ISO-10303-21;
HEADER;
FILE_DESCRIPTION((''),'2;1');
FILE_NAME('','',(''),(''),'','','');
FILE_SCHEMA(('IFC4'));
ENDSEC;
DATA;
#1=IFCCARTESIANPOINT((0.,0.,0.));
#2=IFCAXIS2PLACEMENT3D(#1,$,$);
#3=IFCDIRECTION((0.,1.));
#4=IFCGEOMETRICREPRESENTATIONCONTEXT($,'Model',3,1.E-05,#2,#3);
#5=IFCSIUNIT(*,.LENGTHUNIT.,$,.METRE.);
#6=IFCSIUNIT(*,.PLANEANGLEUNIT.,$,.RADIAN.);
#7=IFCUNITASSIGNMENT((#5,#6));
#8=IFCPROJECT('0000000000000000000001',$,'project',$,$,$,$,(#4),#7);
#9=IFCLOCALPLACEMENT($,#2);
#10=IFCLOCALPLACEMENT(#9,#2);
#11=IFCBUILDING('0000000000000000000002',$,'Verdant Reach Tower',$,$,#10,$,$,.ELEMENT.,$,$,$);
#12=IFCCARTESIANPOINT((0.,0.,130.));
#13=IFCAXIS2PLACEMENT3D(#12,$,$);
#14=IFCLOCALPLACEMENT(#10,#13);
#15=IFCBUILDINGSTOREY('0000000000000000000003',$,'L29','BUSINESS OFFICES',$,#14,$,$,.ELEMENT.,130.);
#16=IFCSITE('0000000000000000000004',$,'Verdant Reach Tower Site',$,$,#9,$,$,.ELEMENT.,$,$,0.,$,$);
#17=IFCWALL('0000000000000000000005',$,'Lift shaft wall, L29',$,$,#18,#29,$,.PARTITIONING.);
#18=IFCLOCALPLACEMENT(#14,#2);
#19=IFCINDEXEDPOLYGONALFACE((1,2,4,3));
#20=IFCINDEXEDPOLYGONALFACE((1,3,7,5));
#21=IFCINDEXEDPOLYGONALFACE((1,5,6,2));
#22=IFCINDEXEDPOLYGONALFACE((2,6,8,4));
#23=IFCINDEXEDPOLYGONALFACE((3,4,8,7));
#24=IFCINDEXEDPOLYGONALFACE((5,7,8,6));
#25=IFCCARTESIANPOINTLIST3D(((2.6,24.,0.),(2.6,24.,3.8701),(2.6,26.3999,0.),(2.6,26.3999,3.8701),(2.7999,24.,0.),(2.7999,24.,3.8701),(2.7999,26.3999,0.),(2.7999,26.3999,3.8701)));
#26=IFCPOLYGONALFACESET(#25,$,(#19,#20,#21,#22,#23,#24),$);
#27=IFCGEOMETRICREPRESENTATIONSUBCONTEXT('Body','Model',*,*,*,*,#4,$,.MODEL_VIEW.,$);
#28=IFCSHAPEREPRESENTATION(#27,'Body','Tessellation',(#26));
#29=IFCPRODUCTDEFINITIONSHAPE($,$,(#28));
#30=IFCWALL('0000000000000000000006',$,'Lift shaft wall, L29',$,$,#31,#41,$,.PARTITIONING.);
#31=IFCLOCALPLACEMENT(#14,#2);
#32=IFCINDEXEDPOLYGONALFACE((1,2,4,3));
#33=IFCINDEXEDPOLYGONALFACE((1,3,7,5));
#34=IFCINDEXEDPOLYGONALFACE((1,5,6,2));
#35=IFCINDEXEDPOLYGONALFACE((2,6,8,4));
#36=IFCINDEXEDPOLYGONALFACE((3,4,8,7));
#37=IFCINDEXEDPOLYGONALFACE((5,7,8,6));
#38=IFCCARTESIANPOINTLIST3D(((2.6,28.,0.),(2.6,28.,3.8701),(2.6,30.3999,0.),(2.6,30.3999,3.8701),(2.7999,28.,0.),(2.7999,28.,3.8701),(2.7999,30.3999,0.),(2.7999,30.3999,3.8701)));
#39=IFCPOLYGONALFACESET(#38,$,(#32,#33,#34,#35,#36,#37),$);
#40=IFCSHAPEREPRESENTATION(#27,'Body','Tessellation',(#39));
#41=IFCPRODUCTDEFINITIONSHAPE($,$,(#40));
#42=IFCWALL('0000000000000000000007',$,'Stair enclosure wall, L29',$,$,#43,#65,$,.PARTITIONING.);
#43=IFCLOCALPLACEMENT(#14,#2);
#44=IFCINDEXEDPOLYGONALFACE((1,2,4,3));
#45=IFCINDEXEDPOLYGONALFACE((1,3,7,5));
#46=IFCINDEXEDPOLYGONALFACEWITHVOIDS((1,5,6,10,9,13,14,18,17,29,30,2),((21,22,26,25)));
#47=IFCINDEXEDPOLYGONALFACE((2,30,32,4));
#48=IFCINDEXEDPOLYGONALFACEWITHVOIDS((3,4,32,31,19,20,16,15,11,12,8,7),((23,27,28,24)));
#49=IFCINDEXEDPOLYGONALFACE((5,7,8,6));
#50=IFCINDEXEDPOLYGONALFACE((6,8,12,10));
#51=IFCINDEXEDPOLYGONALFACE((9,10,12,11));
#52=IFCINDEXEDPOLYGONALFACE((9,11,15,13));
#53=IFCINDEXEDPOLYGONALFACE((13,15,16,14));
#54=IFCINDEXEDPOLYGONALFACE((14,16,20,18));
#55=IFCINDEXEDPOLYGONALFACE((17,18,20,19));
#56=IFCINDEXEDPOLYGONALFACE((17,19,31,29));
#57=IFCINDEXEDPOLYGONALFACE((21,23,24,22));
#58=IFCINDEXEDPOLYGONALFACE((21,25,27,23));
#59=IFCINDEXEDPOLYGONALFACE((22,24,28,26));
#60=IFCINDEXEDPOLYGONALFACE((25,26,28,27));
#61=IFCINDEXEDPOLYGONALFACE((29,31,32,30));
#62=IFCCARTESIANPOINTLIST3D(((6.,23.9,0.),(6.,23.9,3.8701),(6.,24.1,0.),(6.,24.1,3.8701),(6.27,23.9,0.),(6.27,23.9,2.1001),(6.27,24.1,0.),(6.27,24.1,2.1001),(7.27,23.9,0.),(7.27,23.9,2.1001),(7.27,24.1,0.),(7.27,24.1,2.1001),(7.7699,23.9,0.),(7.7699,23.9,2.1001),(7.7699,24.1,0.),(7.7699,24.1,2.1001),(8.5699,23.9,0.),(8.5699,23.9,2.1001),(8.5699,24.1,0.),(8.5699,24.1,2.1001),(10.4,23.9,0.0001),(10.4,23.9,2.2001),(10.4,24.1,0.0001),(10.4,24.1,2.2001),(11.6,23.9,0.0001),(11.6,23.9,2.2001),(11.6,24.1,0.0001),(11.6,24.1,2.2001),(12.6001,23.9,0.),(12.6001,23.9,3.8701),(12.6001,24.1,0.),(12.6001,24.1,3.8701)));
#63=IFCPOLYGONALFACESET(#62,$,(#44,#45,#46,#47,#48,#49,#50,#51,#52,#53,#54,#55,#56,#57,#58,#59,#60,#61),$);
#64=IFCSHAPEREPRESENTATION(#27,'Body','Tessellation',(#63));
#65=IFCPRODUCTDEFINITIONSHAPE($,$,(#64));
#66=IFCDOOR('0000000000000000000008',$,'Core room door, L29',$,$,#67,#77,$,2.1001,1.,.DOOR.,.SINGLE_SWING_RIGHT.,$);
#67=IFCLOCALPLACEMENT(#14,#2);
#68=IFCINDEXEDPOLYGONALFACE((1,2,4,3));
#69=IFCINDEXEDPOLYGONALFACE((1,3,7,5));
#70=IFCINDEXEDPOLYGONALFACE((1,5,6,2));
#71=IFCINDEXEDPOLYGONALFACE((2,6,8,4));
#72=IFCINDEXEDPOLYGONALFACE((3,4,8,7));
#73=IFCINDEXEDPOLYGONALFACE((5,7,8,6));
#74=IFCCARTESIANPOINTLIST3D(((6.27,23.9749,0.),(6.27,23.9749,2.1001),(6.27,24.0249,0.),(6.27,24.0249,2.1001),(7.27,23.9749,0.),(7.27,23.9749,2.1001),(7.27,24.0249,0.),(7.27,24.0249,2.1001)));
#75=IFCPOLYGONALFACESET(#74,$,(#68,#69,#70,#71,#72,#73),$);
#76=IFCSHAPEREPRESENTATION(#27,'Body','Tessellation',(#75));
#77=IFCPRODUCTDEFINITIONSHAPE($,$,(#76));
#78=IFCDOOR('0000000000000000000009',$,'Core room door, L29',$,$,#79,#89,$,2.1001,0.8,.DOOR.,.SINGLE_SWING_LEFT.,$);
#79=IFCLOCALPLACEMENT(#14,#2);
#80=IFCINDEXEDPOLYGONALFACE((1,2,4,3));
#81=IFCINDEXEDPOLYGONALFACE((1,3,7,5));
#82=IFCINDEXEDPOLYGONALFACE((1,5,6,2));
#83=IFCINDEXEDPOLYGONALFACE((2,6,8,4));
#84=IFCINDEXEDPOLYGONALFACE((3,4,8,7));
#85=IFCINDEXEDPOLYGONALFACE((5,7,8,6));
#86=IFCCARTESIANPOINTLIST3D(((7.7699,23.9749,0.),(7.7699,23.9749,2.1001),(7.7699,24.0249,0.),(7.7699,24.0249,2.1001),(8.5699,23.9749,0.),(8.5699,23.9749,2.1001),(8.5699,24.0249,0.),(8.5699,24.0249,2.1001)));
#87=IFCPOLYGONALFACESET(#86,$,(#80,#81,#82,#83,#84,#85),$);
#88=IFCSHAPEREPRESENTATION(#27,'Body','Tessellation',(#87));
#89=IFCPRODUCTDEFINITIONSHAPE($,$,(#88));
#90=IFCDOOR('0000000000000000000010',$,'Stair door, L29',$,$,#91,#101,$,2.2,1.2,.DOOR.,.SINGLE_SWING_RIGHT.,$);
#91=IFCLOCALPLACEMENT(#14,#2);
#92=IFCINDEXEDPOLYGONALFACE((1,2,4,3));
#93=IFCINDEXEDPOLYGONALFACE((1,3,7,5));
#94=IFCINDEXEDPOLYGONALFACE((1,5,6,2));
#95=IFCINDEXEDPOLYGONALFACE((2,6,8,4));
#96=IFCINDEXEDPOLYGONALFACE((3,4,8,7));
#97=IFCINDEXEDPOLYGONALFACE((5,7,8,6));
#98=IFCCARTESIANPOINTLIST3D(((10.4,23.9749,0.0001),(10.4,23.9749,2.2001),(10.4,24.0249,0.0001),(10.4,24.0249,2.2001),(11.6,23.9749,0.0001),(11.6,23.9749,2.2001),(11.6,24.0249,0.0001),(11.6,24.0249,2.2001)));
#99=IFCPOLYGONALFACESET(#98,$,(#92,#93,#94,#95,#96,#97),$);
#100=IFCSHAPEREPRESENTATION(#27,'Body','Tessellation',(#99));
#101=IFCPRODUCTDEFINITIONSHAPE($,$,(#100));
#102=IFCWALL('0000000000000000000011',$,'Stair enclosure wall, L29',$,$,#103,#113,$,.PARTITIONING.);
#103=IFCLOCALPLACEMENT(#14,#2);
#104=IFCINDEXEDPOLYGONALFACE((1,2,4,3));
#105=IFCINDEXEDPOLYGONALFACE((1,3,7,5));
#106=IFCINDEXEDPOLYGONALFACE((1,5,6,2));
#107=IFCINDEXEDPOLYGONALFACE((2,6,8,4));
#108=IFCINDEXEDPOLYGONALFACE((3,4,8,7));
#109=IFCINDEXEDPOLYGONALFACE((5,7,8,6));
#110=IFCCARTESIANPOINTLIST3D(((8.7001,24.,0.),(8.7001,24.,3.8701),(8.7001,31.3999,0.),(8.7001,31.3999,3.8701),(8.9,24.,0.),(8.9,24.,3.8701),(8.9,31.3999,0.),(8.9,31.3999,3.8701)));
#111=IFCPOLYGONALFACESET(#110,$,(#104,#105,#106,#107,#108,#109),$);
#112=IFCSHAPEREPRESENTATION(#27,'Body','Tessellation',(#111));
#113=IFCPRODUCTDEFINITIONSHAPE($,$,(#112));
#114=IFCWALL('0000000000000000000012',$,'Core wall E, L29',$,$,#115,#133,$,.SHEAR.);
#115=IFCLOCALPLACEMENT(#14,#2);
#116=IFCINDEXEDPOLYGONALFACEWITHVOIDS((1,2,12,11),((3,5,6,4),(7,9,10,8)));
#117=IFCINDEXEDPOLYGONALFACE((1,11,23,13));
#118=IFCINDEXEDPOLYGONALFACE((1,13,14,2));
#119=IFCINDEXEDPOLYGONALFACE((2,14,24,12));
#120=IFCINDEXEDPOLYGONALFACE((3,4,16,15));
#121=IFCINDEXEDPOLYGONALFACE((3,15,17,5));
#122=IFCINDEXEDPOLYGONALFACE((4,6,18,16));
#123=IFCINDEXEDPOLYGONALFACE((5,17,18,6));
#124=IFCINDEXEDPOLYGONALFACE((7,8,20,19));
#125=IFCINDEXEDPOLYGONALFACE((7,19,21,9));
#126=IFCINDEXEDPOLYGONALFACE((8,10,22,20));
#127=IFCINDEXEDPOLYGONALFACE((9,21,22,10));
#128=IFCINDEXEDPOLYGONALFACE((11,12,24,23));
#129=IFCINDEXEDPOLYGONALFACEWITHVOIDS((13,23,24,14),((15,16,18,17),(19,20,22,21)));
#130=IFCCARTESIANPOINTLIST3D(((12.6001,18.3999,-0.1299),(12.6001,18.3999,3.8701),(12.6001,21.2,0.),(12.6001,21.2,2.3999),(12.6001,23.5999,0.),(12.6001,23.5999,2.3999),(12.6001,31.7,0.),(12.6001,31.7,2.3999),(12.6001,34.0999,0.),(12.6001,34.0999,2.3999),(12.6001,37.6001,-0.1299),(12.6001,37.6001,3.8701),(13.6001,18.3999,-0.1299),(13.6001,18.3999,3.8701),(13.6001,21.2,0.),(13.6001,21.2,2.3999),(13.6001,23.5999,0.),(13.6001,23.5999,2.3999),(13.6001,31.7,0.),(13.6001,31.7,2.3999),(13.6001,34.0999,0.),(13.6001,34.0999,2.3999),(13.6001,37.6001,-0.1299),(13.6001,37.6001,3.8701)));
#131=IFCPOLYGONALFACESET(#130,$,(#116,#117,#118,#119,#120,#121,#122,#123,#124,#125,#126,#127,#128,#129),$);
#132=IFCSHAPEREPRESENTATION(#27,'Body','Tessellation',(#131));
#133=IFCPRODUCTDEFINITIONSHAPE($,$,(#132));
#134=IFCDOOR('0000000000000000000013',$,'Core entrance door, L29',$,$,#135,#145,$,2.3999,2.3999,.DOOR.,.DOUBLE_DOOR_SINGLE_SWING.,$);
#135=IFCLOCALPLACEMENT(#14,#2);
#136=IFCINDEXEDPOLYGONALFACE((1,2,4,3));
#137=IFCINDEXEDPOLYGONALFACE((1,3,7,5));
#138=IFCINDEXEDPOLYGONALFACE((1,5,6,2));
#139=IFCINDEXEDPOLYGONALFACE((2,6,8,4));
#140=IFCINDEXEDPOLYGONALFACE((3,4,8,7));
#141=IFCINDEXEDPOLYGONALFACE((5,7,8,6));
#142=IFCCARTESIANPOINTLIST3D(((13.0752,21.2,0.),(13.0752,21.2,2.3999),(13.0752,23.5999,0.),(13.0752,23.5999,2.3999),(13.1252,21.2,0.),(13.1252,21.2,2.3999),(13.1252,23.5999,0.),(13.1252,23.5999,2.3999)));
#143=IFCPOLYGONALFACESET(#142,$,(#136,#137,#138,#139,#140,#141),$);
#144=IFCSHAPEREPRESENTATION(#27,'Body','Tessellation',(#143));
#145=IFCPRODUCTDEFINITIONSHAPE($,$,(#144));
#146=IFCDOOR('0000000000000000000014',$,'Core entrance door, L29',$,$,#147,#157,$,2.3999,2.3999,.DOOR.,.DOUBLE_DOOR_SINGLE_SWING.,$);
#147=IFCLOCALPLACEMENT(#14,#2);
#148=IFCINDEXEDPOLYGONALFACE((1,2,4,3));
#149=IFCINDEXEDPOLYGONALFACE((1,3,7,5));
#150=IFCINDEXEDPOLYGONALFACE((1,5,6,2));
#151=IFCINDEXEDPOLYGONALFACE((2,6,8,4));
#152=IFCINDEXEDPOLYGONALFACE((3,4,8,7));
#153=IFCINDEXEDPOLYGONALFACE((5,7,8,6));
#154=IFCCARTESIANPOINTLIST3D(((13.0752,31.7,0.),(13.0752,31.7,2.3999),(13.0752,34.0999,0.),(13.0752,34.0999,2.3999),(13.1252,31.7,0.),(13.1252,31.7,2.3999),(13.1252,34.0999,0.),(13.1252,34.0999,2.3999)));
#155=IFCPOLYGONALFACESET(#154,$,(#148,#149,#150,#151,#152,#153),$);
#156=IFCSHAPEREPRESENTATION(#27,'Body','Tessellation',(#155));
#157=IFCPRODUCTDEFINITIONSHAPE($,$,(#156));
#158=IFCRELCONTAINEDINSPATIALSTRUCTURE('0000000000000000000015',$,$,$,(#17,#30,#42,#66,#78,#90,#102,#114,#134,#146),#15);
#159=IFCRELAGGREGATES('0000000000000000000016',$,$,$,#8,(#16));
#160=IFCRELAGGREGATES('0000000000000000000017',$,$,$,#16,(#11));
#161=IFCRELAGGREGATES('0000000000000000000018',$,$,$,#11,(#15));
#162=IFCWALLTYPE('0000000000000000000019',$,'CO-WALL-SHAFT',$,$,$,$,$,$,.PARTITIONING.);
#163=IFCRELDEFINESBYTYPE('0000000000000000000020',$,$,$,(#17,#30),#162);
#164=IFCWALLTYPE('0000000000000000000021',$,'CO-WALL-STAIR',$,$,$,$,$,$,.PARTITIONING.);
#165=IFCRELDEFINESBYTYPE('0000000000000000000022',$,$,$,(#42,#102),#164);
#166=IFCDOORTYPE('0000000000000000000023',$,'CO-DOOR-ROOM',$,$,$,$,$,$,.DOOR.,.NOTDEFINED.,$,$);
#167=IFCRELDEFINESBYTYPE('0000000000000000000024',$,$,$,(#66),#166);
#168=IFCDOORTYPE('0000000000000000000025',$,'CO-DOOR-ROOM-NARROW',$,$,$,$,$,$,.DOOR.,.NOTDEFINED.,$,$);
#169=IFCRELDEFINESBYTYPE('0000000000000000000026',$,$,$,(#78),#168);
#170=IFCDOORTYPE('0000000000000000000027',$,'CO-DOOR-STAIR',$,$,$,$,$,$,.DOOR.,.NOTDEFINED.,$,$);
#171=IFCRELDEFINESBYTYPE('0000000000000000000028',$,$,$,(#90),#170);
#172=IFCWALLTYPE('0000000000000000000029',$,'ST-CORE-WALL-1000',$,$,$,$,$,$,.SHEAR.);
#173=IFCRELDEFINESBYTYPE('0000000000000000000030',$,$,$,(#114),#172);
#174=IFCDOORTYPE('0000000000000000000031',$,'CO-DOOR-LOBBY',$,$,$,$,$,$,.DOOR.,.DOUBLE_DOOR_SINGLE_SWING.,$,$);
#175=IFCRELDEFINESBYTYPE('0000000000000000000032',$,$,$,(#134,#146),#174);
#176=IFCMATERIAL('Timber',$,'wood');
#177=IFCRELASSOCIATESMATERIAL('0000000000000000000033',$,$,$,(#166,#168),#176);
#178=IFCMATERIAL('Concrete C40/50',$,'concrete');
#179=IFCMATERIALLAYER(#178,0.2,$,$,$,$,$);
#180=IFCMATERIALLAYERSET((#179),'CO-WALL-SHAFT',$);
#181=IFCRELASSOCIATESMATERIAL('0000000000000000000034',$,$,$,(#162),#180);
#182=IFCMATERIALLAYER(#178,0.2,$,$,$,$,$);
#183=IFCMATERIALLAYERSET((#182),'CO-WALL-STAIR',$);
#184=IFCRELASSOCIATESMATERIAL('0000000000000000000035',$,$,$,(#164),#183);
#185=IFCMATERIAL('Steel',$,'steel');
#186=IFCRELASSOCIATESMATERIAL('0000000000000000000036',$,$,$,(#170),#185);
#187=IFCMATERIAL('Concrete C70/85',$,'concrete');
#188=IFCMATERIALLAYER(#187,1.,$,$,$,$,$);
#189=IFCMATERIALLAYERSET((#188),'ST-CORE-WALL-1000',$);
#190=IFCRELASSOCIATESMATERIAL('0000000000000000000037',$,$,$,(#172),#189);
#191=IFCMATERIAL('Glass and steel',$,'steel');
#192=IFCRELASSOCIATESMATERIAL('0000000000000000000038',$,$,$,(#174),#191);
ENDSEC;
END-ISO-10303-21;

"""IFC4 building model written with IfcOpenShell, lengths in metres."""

from ifc_helpers import new_model, si_unit, direction, frame, frame_2d, origin, place, context, subcontext, project, spatial, rectangle, extrude, material, layer, layer_set, type_object, element, fill, save


model = new_model("IFC4")

# Units and contexts
model_context = context("Model", 3, precision=1e-05, world=origin(), true_north=direction((0.0, 1.0)))
body_context = subcontext(model_context, "Body", "Model", "MODEL_VIEW")
ifc_project = project(units=[si_unit("LENGTHUNIT", "METRE"), si_unit("PLANEANGLEUNIT", "RADIAN")], contexts=[model_context])

# Site, building, storey
site_placement = place(None, origin())
site = spatial("IfcSite", under=ifc_project, at=site_placement, Name="Verdant Reach Tower Site", CompositionType="ELEMENT", RefElevation=0.0)
building_placement = place(site_placement, origin())
building = spatial("IfcBuilding", under=site, at=building_placement, Name="Verdant Reach Tower", CompositionType="ELEMENT")
storey_placement = place(building_placement, frame((0.0, 0.0, 130.0)))
storey = spatial("IfcBuildingStorey", under=building, at=storey_placement, Name="L29", Description="BUSINESS OFFICES", CompositionType="ELEMENT", Elevation=130.0)

# Shared definitions
ifc_material_1 = material(Name="Timber", Category="wood")
door_type_1 = type_object("IfcDoorType", Name="CO-DOOR-ROOM", OperationType="NOTDEFINED", PredefinedType="DOOR", material=ifc_material_1)

# Walls
ifc_material_2 = material(Name="Concrete C40/50", Category="concrete")
ifc_layer_1 = layer(ifc_material_2, 0.2)
ifc_layer_set_1 = layer_set([ifc_layer_1], Name="CO-WALL-SHAFT")
wall_type_1 = type_object("IfcWallType", Name="CO-WALL-SHAFT", PredefinedType="PARTITIONING", material=ifc_layer_set_1)
for number, where, z_axis, x_axis, name in (
    (1, (2.7, 24.0, 0.0), (0.0, 0.0, 1.0), (0.0, 1.0, 0.0), "Lift shaft wall, L29"),
    (2, (2.7, 28.0, 0.0), (0.0, 0.0, 1.0), (0.0, 1.0, 0.0), "Lift shaft wall, L29"),
):
    element("IfcWall", number, at=place(storey_placement, frame(where, z_axis=z_axis, x_axis=x_axis)), inside=storey, type_object=wall_type_1, Name=name, PredefinedType="PARTITIONING", context=body_context, shape_type="SweptSolid", body=[
        extrude(rectangle(XDim=2.3999, YDim=0.2, at=frame_2d((1.2, 0.0))), origin(), (0.0, 0.0, 1.0), 3.8701),
    ])

# Wall, openings, doors
ifc_layer_2 = layer(ifc_material_2, 0.2)
ifc_layer_set_2 = layer_set([ifc_layer_2], Name="CO-WALL-STAIR")
wall_type_2 = type_object("IfcWallType", Name="CO-WALL-STAIR", PredefinedType="PARTITIONING", material=ifc_layer_set_2)
wall_1_placement = place(storey_placement, frame((6.0, 24.0, 0.0), z_axis=(0.0, 0.0, 1.0), x_axis=(1.0, 0.0, 0.0)))
wall_1 = element("IfcWall", 3, at=wall_1_placement, inside=storey, type_object=wall_type_2, Name="Stair enclosure wall, L29", PredefinedType="PARTITIONING", context=body_context, shape_type="SweptSolid", body=[
    extrude(rectangle(XDim=6.6001, YDim=0.2, at=frame_2d((3.3, 0.0))), origin(), (0.0, 0.0, 1.0), 3.8701),
])
opening_1_placement = place(wall_1_placement, frame((0.27, 0.0, 0.0)))
opening_1 = element("IfcOpeningElement", 4, at=opening_1_placement, cuts=wall_1, PredefinedType="OPENING", context=body_context, shape_type="SweptSolid", body=[
    extrude(rectangle(XDim=1.0, YDim=2.1001, at=frame_2d((0.5, 1.05))), frame((0.0, 0.1099, 0.0), z_axis=(0.0, -1.0, 0.0), x_axis=(1.0, 0.0, 0.0)), (0.0, 0.0, 1.0), 0.22),
])
opening_2_placement = place(wall_1_placement, frame((1.77, 0.0, 0.0)))
opening_2 = element("IfcOpeningElement", 5, at=opening_2_placement, cuts=wall_1, PredefinedType="OPENING", context=body_context, shape_type="SweptSolid", body=[
    extrude(rectangle(XDim=0.8, YDim=2.1001, at=frame_2d((0.3999, 1.05))), frame((0.0, 0.1099, 0.0), z_axis=(0.0, -1.0, 0.0), x_axis=(1.0, 0.0, 0.0)), (0.0, 0.0, 1.0), 0.22),
])
opening_3_placement = place(wall_1_placement, frame((4.3999, 0.0, 0.0)))
opening_3 = element("IfcOpeningElement", 6, at=opening_3_placement, cuts=wall_1, PredefinedType="OPENING", context=body_context, shape_type="SweptSolid", body=[
    extrude(rectangle(XDim=1.2, YDim=2.2, at=frame_2d((0.6001, 1.1001))), frame((0.0, 0.1099, 0.0), z_axis=(0.0, -1.0, 0.0), x_axis=(1.0, 0.0, 0.0)), (0.0, 0.0, 1.0), 0.22),
])
door_1_placement = place(opening_1_placement, origin())
door_1 = element("IfcDoor", 7, at=door_1_placement, inside=storey, type_object=door_type_1, Name="Core room door, L29", OperationType="SINGLE_SWING_RIGHT", OverallHeight=2.1001, OverallWidth=1.0, PredefinedType="DOOR", context=body_context, shape_type="SweptSolid", body=[
    extrude(rectangle(XDim=1.0, YDim=2.1001, at=frame_2d((0.5, 1.05))), frame((0.0, 0.0249, 0.0), z_axis=(0.0, -1.0, 0.0), x_axis=(1.0, 0.0, 0.0)), (0.0, 0.0, 1.0), 0.05),
])
fill(opening_1, door_1)
door_type_2 = type_object("IfcDoorType", Name="CO-DOOR-ROOM-NARROW", OperationType="NOTDEFINED", PredefinedType="DOOR", material=ifc_material_1)
door_2_placement = place(opening_2_placement, origin())
door_2 = element("IfcDoor", 8, at=door_2_placement, inside=storey, type_object=door_type_2, Name="Core room door, L29", OperationType="SINGLE_SWING_LEFT", OverallHeight=2.1001, OverallWidth=0.8, PredefinedType="DOOR", context=body_context, shape_type="SweptSolid", body=[
    extrude(rectangle(XDim=0.8, YDim=2.1001, at=frame_2d((0.3999, 1.05))), frame((0.0, 0.0249, 0.0), z_axis=(0.0, -1.0, 0.0), x_axis=(1.0, 0.0, 0.0)), (0.0, 0.0, 1.0), 0.05),
])
fill(opening_2, door_2)
ifc_material_3 = material(Name="Steel", Category="steel")
door_type_3 = type_object("IfcDoorType", Name="CO-DOOR-STAIR", OperationType="NOTDEFINED", PredefinedType="DOOR", material=ifc_material_3)
door_3_placement = place(opening_3_placement, origin())
door_3 = element("IfcDoor", 9, at=door_3_placement, inside=storey, type_object=door_type_3, Name="Stair door, L29", OperationType="SINGLE_SWING_RIGHT", OverallHeight=2.2, OverallWidth=1.2, PredefinedType="DOOR", context=body_context, shape_type="SweptSolid", body=[
    extrude(rectangle(XDim=1.2, YDim=2.2, at=frame_2d((0.6001, 1.1001))), frame((0.0, 0.0249, 0.0), z_axis=(0.0, -1.0, 0.0), x_axis=(1.0, 0.0, 0.0)), (0.0, 0.0, 1.0), 0.05),
])
fill(opening_3, door_3)

# Wall
wall_2_placement = place(storey_placement, frame((8.8, 24.0, 0.0), z_axis=(0.0, 0.0, 1.0), x_axis=(0.0, 1.0, 0.0)))
element("IfcWall", 10, at=wall_2_placement, inside=storey, type_object=wall_type_2, Name="Stair enclosure wall, L29", PredefinedType="PARTITIONING", context=body_context, shape_type="SweptSolid", body=[
    extrude(rectangle(XDim=7.3999, YDim=0.2, at=frame_2d((3.7, 0.0))), origin(), (0.0, 0.0, 1.0), 3.8701),
])

# Wall, openings, doors
ifc_material_4 = material(Name="Concrete C70/85", Category="concrete")
ifc_layer_3 = layer(ifc_material_4, 1.0)
ifc_layer_set_3 = layer_set([ifc_layer_3], Name="ST-CORE-WALL-1000")
wall_type_3 = type_object("IfcWallType", Name="ST-CORE-WALL-1000", PredefinedType="SHEAR", material=ifc_layer_set_3)
wall_3_placement = place(storey_placement, frame((13.1001, 18.3999, -0.1299), z_axis=(0.0, 0.0, 1.0), x_axis=(0.0, 1.0, 0.0)))
wall_3 = element("IfcWall", 11, at=wall_3_placement, inside=storey, type_object=wall_type_3, Name="Core wall E, L29", PredefinedType="SHEAR", context=body_context, shape_type="SweptSolid", body=[
    extrude(rectangle(XDim=19.2002, YDim=1.0, at=frame_2d((9.6001, 0.0))), origin(), (0.0, 0.0, 1.0), 4.0),
])
opening_4_placement = place(wall_3_placement, frame((2.8, 0.0, 0.1299)))
opening_4 = element("IfcOpeningElement", 12, at=opening_4_placement, cuts=wall_3, PredefinedType="OPENING", context=body_context, shape_type="SweptSolid", body=[
    extrude(rectangle(XDim=2.3999, YDim=2.3999, at=frame_2d((1.2, 1.2))), frame((0.0, 0.51, 0.0), z_axis=(0.0, -1.0, 0.0), x_axis=(1.0, 0.0, 0.0)), (0.0, 0.0, 1.0), 1.02),
])
opening_5_placement = place(wall_3_placement, frame((13.3, 0.0, 0.1299)))
opening_5 = element("IfcOpeningElement", 13, at=opening_5_placement, cuts=wall_3, PredefinedType="OPENING", context=body_context, shape_type="SweptSolid", body=[
    extrude(rectangle(XDim=2.3999, YDim=2.3999, at=frame_2d((1.2, 1.2))), frame((0.0, 0.51, 0.0), z_axis=(0.0, -1.0, 0.0), x_axis=(1.0, 0.0, 0.0)), (0.0, 0.0, 1.0), 1.02),
])
ifc_material_5 = material(Name="Glass and steel", Category="steel")
door_type_4 = type_object("IfcDoorType", Name="CO-DOOR-LOBBY", OperationType="DOUBLE_DOOR_SINGLE_SWING", PredefinedType="DOOR", material=ifc_material_5)
door_4_placement = place(opening_4_placement, origin())
door_4 = element("IfcDoor", 14, at=door_4_placement, inside=storey, type_object=door_type_4, Name="Core entrance door, L29", OperationType="DOUBLE_DOOR_SINGLE_SWING", OverallHeight=2.3999, OverallWidth=2.3999, PredefinedType="DOOR", context=body_context, shape_type="SweptSolid", body=[
    extrude(rectangle(XDim=2.3999, YDim=2.3999, at=frame_2d((1.2, 1.2))), frame((0.0, 0.0249, 0.0), z_axis=(0.0, -1.0, 0.0), x_axis=(1.0, 0.0, 0.0)), (0.0, 0.0, 1.0), 0.05),
])
fill(opening_4, door_4)
door_5_placement = place(opening_5_placement, origin())
door_5 = element("IfcDoor", 15, at=door_5_placement, inside=storey, type_object=door_type_4, Name="Core entrance door, L29", OperationType="DOUBLE_DOOR_SINGLE_SWING", OverallHeight=2.3999, OverallWidth=2.3999, PredefinedType="DOOR", context=body_context, shape_type="SweptSolid", body=[
    extrude(rectangle(XDim=2.3999, YDim=2.3999, at=frame_2d((1.2, 1.2))), frame((0.0, 0.0249, 0.0), z_axis=(0.0, -1.0, 0.0), x_axis=(1.0, 0.0, 0.0)), (0.0, 0.0, 1.0), 0.05),
])
fill(opening_5, door_5)

save(model, "model.ifc")
